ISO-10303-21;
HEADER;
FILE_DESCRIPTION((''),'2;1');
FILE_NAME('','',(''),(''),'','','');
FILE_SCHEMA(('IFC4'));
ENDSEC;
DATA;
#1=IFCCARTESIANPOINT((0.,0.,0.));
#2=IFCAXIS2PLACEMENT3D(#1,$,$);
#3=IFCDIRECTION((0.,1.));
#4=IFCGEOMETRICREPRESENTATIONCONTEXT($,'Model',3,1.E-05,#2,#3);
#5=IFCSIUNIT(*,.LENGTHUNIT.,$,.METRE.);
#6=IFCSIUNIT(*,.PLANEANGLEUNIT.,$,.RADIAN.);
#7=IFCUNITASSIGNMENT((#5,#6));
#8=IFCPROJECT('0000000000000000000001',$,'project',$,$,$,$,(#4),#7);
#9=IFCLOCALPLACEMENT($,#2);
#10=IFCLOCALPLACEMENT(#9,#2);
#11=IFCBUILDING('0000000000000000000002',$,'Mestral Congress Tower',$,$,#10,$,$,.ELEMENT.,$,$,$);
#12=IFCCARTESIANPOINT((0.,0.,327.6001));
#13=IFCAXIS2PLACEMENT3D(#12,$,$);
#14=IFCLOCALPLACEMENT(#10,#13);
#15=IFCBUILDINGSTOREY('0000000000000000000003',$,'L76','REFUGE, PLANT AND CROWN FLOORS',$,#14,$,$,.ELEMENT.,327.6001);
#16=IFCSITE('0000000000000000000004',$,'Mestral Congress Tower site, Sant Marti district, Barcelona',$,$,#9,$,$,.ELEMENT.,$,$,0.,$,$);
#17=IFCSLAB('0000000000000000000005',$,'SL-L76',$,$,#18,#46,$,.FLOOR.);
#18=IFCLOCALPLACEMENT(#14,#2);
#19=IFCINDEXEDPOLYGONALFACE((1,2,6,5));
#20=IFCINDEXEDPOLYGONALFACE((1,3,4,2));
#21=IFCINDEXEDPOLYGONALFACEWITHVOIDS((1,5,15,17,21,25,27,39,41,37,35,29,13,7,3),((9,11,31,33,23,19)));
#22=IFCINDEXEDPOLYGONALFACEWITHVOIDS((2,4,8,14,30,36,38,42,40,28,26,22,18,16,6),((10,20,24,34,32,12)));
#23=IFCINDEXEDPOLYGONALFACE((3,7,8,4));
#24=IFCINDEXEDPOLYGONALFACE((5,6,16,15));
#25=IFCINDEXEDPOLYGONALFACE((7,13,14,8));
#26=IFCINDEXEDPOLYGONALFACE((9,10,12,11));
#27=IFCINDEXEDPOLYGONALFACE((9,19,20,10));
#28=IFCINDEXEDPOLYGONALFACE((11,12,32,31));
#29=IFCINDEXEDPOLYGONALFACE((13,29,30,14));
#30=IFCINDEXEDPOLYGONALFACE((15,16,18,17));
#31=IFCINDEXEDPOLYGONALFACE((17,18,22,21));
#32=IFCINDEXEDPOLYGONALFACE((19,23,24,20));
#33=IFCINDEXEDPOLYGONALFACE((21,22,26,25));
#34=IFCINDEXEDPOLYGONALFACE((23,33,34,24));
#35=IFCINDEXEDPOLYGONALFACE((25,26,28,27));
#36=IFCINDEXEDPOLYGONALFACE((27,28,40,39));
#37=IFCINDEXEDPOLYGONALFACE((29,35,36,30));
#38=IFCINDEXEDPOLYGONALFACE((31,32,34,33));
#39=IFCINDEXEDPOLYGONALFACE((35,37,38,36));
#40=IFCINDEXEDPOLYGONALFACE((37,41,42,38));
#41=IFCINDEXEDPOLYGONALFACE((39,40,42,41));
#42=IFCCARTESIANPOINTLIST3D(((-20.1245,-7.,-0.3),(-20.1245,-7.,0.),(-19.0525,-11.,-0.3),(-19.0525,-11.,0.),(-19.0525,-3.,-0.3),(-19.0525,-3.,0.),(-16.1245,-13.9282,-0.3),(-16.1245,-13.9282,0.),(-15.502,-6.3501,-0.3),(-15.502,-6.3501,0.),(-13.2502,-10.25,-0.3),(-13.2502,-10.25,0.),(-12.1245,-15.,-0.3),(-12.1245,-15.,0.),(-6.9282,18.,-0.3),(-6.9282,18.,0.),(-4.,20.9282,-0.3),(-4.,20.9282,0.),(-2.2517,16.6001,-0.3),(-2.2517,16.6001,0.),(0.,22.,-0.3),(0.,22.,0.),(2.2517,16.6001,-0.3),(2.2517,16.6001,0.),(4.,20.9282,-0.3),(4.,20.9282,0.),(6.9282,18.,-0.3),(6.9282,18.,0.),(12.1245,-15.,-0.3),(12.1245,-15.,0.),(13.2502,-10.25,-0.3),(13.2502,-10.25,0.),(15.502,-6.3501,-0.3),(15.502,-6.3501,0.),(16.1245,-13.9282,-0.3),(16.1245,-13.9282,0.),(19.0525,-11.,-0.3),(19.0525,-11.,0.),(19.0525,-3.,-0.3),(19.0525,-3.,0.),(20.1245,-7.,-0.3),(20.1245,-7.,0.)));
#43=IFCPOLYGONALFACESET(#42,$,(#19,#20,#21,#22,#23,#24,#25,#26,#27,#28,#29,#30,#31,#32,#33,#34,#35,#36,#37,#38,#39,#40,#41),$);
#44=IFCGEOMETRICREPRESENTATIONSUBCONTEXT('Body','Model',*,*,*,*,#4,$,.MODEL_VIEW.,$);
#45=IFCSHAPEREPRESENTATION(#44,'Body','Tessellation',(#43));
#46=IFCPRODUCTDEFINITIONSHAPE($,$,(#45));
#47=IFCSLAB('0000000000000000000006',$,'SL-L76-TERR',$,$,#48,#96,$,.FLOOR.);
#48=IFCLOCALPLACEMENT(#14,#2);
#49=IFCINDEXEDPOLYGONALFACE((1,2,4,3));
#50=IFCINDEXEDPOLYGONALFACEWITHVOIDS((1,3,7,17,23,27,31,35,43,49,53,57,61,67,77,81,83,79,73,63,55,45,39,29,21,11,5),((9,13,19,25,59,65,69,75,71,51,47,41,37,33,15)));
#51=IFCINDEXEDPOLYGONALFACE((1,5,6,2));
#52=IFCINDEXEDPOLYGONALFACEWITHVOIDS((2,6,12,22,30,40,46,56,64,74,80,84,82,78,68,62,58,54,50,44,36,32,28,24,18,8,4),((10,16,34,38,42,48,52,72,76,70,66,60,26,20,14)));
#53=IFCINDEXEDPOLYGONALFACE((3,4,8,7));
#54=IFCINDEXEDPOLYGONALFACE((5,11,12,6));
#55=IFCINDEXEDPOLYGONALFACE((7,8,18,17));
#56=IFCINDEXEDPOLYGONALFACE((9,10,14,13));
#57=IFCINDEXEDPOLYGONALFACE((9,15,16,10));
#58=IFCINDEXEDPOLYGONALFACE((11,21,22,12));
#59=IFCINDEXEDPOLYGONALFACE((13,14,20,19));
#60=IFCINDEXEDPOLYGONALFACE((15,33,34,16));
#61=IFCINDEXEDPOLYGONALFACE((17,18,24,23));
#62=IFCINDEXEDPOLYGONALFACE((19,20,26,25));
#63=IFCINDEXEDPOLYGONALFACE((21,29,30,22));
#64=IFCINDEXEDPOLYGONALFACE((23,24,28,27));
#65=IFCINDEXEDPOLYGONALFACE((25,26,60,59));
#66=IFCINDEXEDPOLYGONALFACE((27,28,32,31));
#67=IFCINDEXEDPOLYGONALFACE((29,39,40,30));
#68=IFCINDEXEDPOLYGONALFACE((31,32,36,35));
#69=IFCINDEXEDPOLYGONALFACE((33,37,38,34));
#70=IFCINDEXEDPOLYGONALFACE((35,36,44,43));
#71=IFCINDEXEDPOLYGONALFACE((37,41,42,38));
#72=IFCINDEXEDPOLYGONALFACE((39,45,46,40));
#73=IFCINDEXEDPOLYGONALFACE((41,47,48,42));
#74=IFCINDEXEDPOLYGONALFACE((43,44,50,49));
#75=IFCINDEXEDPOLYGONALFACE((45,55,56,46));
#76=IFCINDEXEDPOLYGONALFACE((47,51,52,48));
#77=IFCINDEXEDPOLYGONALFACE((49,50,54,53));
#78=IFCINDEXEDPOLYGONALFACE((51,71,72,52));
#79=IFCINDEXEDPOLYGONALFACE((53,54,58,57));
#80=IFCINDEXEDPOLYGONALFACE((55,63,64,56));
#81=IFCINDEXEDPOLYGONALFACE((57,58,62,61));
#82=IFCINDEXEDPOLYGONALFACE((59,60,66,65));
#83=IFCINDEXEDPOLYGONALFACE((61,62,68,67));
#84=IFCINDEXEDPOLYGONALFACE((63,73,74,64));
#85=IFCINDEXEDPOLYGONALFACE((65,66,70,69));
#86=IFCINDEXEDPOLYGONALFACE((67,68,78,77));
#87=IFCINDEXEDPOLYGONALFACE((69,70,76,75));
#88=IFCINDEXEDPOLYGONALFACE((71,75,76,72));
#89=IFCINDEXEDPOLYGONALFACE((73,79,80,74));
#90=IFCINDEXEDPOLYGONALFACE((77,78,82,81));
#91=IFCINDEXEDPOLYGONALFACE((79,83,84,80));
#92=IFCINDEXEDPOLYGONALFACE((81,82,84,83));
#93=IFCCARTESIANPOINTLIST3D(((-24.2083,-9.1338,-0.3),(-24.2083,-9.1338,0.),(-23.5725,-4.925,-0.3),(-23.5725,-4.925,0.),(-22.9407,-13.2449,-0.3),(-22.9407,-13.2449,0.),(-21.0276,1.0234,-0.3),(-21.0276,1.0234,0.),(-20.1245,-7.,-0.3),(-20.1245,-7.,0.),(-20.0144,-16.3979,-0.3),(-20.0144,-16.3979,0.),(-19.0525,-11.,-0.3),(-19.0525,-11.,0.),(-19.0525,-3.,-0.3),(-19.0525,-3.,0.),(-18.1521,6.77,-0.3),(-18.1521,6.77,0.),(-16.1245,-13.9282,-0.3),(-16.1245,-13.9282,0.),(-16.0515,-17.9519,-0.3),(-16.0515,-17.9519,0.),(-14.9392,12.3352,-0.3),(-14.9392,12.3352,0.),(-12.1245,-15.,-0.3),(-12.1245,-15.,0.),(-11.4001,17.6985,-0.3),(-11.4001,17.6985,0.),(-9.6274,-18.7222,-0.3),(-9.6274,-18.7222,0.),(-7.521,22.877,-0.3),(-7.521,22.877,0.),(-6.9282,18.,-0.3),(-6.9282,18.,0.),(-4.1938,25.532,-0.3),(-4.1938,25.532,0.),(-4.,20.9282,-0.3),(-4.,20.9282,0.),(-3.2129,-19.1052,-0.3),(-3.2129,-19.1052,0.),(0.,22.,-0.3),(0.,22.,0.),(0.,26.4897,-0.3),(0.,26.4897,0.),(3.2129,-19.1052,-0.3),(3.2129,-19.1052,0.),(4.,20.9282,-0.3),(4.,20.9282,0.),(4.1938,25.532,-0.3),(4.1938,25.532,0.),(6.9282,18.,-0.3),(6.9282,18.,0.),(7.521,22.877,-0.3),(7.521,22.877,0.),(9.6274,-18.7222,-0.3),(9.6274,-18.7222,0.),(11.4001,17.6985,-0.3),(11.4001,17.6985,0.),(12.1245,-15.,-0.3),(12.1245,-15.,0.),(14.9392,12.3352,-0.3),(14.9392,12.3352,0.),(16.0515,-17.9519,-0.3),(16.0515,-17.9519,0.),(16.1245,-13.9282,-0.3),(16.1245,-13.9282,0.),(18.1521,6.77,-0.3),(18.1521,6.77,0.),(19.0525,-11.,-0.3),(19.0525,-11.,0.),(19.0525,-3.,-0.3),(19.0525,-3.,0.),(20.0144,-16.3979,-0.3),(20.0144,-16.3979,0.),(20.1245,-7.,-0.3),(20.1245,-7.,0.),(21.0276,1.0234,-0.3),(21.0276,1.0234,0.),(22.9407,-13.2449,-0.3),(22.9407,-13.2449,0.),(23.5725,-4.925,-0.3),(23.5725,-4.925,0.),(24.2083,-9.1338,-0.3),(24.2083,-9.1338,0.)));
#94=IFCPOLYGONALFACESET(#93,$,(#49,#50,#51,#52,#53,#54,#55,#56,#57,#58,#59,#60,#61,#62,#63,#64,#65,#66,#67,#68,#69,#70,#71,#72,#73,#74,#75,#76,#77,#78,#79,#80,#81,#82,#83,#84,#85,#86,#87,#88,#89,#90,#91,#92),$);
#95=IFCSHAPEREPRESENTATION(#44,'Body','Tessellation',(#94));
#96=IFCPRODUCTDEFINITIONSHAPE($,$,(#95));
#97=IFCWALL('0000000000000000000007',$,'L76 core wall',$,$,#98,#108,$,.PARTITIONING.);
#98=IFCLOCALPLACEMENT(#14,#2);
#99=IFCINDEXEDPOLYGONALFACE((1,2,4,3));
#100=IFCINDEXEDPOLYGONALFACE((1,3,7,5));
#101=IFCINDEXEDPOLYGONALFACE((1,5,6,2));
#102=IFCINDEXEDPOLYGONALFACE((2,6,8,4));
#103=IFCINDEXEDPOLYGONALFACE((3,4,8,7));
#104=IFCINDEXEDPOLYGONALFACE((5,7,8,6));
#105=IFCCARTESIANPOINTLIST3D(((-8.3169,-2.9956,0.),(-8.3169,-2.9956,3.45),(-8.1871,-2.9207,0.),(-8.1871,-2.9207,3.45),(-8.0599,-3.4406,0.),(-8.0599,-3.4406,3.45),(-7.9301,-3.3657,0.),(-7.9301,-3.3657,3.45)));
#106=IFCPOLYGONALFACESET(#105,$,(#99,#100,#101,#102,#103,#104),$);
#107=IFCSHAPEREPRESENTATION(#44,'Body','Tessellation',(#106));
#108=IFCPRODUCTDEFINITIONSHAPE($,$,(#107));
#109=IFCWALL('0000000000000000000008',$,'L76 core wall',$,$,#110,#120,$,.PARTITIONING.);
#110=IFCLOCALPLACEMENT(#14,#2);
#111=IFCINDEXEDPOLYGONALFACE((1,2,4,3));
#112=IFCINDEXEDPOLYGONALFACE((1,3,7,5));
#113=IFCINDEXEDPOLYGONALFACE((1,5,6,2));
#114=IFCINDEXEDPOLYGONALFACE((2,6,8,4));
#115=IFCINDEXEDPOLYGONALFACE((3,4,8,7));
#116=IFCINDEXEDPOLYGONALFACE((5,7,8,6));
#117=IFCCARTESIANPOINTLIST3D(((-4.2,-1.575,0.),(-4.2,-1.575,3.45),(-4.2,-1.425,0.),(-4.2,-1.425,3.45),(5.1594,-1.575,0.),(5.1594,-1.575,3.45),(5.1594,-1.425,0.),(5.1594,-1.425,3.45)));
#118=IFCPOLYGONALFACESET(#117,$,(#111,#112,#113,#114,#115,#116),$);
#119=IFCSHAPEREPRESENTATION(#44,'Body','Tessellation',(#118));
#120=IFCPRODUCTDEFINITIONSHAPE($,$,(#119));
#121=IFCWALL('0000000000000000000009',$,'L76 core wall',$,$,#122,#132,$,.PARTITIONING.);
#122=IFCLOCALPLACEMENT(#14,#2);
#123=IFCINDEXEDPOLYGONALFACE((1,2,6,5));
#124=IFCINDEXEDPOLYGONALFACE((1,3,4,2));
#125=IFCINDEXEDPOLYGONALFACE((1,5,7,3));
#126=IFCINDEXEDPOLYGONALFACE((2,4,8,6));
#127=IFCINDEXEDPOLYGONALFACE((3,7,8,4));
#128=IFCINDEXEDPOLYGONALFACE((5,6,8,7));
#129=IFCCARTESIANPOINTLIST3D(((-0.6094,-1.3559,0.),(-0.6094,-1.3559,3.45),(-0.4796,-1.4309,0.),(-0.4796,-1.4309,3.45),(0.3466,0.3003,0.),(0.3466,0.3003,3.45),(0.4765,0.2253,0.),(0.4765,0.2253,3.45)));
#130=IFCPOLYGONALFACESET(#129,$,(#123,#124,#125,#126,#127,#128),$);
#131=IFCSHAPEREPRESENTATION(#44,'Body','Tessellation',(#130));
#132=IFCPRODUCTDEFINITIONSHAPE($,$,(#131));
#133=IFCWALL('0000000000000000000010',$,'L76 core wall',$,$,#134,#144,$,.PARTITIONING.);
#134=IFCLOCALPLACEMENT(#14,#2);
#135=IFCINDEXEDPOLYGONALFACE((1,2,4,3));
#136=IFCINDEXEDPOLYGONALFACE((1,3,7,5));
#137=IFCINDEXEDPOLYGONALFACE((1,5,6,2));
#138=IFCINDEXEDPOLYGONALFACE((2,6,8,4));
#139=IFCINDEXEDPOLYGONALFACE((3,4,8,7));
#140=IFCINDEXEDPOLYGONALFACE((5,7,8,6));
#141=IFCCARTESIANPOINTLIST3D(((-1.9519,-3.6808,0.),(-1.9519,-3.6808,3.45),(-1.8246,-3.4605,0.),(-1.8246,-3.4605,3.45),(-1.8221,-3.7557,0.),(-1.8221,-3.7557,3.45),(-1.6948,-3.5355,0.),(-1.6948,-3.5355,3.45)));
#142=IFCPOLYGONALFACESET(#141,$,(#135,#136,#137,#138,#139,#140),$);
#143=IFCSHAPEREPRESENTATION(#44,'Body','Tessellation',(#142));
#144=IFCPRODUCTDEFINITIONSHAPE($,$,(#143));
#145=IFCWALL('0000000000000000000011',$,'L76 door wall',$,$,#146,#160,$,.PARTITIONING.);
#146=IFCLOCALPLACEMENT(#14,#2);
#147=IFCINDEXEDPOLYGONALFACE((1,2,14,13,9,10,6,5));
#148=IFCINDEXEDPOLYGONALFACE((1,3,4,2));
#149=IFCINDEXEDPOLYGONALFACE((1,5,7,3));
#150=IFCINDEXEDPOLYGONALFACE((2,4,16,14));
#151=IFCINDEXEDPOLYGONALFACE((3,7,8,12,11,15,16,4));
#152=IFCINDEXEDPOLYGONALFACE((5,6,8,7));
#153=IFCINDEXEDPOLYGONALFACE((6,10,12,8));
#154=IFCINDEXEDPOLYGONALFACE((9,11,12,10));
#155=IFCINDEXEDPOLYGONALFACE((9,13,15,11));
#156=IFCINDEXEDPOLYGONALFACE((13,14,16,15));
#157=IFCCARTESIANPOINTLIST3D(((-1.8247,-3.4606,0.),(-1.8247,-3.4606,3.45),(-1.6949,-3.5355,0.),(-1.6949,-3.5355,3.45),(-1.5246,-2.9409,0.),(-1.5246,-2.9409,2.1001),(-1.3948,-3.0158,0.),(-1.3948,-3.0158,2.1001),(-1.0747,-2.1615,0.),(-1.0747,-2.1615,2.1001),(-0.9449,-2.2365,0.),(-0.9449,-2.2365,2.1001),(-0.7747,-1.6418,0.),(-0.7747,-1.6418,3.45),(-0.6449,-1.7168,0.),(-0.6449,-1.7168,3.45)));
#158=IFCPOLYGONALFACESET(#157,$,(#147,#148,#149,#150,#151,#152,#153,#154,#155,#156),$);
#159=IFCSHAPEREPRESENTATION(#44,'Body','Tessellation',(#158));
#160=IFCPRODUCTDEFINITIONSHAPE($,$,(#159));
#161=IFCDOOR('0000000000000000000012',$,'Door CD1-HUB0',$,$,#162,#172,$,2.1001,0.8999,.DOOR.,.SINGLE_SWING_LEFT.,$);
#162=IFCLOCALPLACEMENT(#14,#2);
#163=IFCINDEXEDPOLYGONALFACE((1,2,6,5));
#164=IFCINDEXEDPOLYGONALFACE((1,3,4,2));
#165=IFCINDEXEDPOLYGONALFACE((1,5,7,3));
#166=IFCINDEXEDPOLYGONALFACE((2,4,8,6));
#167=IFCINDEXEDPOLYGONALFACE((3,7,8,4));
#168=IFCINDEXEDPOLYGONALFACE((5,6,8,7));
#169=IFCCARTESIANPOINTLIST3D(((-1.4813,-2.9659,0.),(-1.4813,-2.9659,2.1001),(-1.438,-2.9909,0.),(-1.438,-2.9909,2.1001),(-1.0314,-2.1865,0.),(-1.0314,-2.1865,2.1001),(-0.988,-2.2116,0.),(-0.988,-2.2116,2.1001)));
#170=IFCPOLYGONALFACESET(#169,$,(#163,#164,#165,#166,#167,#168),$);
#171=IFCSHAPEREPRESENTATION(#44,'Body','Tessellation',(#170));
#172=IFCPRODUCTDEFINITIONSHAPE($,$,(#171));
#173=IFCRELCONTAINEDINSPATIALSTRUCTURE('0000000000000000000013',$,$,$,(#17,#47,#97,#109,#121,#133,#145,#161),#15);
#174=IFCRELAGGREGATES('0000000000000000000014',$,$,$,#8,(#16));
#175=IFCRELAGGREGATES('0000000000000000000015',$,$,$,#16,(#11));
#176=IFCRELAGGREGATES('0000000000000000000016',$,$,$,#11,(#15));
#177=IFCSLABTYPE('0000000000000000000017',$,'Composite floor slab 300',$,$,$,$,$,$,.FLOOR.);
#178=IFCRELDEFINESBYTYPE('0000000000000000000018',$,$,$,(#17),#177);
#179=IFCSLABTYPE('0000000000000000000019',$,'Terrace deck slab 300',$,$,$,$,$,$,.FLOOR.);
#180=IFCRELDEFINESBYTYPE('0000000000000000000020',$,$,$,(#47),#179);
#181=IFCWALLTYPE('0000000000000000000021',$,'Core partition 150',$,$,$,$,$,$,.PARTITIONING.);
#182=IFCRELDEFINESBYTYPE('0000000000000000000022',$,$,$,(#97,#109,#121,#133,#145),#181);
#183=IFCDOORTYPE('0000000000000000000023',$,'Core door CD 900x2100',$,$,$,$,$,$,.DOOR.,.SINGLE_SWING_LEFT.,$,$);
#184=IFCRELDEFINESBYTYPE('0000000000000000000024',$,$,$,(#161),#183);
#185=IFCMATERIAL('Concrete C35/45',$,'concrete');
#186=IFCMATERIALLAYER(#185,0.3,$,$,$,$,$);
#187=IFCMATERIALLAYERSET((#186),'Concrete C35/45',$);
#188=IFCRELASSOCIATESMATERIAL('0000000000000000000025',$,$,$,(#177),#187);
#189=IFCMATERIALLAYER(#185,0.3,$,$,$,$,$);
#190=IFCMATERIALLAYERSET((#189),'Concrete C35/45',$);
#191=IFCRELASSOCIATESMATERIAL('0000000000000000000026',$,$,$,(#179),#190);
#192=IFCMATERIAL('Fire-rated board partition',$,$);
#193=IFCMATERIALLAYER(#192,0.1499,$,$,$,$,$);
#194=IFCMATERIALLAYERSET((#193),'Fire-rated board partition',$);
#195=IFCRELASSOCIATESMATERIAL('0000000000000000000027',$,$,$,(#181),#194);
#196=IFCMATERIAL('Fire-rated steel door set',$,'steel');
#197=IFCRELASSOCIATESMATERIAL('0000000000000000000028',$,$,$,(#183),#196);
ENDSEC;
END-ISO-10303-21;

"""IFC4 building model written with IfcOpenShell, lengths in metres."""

from ifc_helpers import new_model, si_unit, direction, frame, frame_2d, origin, place, context, subcontext, project, spatial, polyline, rectangle, outline, extrude, material, layer, layer_set, type_object, element, fill, save


model = new_model("IFC4")

# Units and contexts
model_context = context("Model", 3, precision=1e-05, world=origin(), true_north=direction((0.0, 1.0)))
body_context = subcontext(model_context, "Body", "Model", "MODEL_VIEW")
ifc_project = project(units=[si_unit("LENGTHUNIT", "METRE"), si_unit("PLANEANGLEUNIT", "RADIAN")], contexts=[model_context])

# Site, building, storey
site_placement = place(None, origin())
site = spatial("IfcSite", under=ifc_project, at=site_placement, Name="Mestral Congress Tower site, Sant Marti district, Barcelona", CompositionType="ELEMENT", RefElevation=0.0)
building_placement = place(site_placement, origin())
building = spatial("IfcBuilding", under=site, at=building_placement, Name="Mestral Congress Tower", CompositionType="ELEMENT")
storey_placement = place(building_placement, frame((0.0, 0.0, 327.6001)))
storey = spatial("IfcBuildingStorey", under=building, at=storey_placement, Name="L76", Description="REFUGE, PLANT AND CROWN FLOORS", CompositionType="ELEMENT", Elevation=327.6001)

# Slabs
ifc_material_1 = material(Name="Concrete C35/45", Category="concrete")
ifc_layer_1 = layer(ifc_material_1, 0.3)
ifc_layer_set_1 = layer_set([ifc_layer_1], Name="Concrete C35/45")
slab_type_1 = type_object("IfcSlabType", Name="Composite floor slab 300", PredefinedType="FLOOR", material=ifc_layer_set_1)
placement = place(storey_placement, frame((0.0, 0.0, -0.3)))
element("IfcSlab", 1, at=placement, inside=storey, type_object=slab_type_1, Name="SL-L76", PredefinedType="FLOOR", context=body_context, shape_type="SweptSolid", body=[
    extrude(outline(polyline([(12.1245, -15.0), (16.1245, -13.9282), (19.0525, -11.0), (20.1245, -7.0), (19.0525, -3.0), (6.9282, 18.0), (4.0, 20.9282), (0.0, 22.0), (-4.0, 20.9282), (-6.9282, 18.0), (-19.0525, -3.0), (-20.1245, -7.0), (-19.0525, -11.0), (-16.1245, -13.9282), (-12.1245, -15.0), (12.1245, -15.0)]), holes=[polyline([(-2.2517, 16.6001), (-15.502, -6.3501), (-13.2502, -10.25), (13.2502, -10.25), (15.502, -6.3501), (2.2517, 16.6001), (-2.2517, 16.6001)])]), origin(), (0.0, 0.0, 1.0), 0.3),
])
ifc_layer_2 = layer(ifc_material_1, 0.3)
ifc_layer_set_2 = layer_set([ifc_layer_2], Name="Concrete C35/45")
slab_type_2 = type_object("IfcSlabType", Name="Terrace deck slab 300", PredefinedType="FLOOR", material=ifc_layer_set_2)
element("IfcSlab", 2, at=placement, inside=storey, type_object=slab_type_2, Name="SL-L76-TERR", PredefinedType="FLOOR", context=body_context, shape_type="SweptSolid", body=[
    extrude(outline(polyline([(-16.0515, -17.9519), (-9.6274, -18.7222), (-3.2129, -19.1052), (3.2129, -19.1052), (9.6274, -18.7222), (16.0515, -17.9519), (20.0144, -16.3979), (22.9407, -13.2449), (24.2083, -9.1338), (23.5725, -4.925), (21.0276, 1.0234), (18.1521, 6.77), (14.9392, 12.3352), (11.4001, 17.6985), (7.521, 22.877), (4.1938, 25.532), (0.0, 26.4897), (-4.1938, 25.532), (-7.521, 22.877), (-11.4001, 17.6985), (-14.9392, 12.3352), (-18.1521, 6.77), (-21.0276, 1.0234), (-23.5725, -4.925), (-24.2083, -9.1338), (-22.9407, -13.2449), (-20.0144, -16.3979), (-16.0515, -17.9519)]), holes=[polyline([(-12.1245, -15.0), (-16.1245, -13.9282), (-19.0525, -11.0), (-20.1245, -7.0), (-19.0525, -3.0), (-6.9282, 18.0), (-4.0, 20.9282), (0.0, 22.0), (4.0, 20.9282), (6.9282, 18.0), (19.0525, -3.0), (20.1245, -7.0), (19.0525, -11.0), (16.1245, -13.9282), (12.1245, -15.0), (-12.1245, -15.0)])]), origin(), (0.0, 0.0, 1.0), 0.3),
])

# Walls
ifc_material_2 = material(Name="Fire-rated board partition")
ifc_layer_3 = layer(ifc_material_2, 0.1499)
ifc_layer_set_3 = layer_set([ifc_layer_3], Name="Fire-rated board partition")
wall_type_1 = type_object("IfcWallType", Name="Core partition 150", PredefinedType="PARTITIONING", material=ifc_layer_set_3)
wall_1_placement = place(storey_placement, frame((-8.252, -2.9583, 0.0), z_axis=(0.0, 0.0, 1.0), x_axis=(0.500175, -0.865925, 0.0)))
element("IfcWall", 3, at=wall_1_placement, inside=storey, type_object=wall_type_1, Name="L76 core wall", PredefinedType="PARTITIONING", context=body_context, shape_type="SweptSolid", body=[
    extrude(rectangle(XDim=0.5139, YDim=0.1499, at=frame_2d((0.2568, 0.0))), origin(), (0.0, 0.0, 1.0), 3.45),
])
wall_2_placement = place(storey_placement, frame((-4.2, -1.5, 0.0), z_axis=(0.0, 0.0, 1.0), x_axis=(1.0, 0.0, 0.0)))
element("IfcWall", 4, at=wall_2_placement, inside=storey, type_object=wall_type_1, Name="L76 core wall", PredefinedType="PARTITIONING", context=body_context, shape_type="SweptSolid", body=[
    extrude(rectangle(XDim=9.3594, YDim=0.1499, at=frame_2d((4.6797, 0.0))), origin(), (0.0, 0.0, 1.0), 3.45),
])
wall_3_placement = place(storey_placement, frame((-0.5444, -1.3933, 0.0), z_axis=(0.0, 0.0, 1.0), x_axis=(0.499929, 0.866067, 0.0)))
element("IfcWall", 5, at=wall_3_placement, inside=storey, type_object=wall_type_1, Name="L76 core wall", PredefinedType="PARTITIONING", context=body_context, shape_type="SweptSolid", body=[
    extrude(rectangle(XDim=1.9124, YDim=0.1499, at=frame_2d((0.9561, 0.0))), origin(), (0.0, 0.0, 1.0), 3.45),
])
wall_4_placement = place(storey_placement, frame((-1.887, -3.7183, 0.0), z_axis=(0.0, 0.0, 1.0), x_axis=(0.500166, 0.86593, 0.0)))
element("IfcWall", 6, at=wall_4_placement, inside=storey, type_object=wall_type_1, Name="L76 core wall", PredefinedType="PARTITIONING", context=body_context, shape_type="SweptSolid", body=[
    extrude(rectangle(XDim=0.2544, YDim=0.1499, at=frame_2d((0.1272, 0.0))), origin(), (0.0, 0.0, 1.0), 3.45),
])

# Wall, opening, door
wall_5_placement = place(storey_placement, frame((-1.7598, -3.498, 0.0), z_axis=(0.0, 0.0, 1.0), x_axis=(0.499977, 0.866038, 0.0)))
wall_5 = element("IfcWall", 7, at=wall_5_placement, inside=storey, type_object=wall_type_1, Name="L76 door wall", PredefinedType="PARTITIONING", context=body_context, shape_type="SweptSolid", body=[
    extrude(rectangle(XDim=2.1001, YDim=0.1499, at=frame_2d((1.05, 0.0))), origin(), (0.0, 0.0, 1.0), 3.45),
])
opening_1_placement = place(wall_5_placement, frame((0.6001, 0.0, 0.0)))
opening_1 = element("IfcOpeningElement", 8, at=opening_1_placement, cuts=wall_5, PredefinedType="OPENING", context=body_context, shape_type="SweptSolid", body=[
    extrude(rectangle(XDim=0.8999, YDim=2.1001, at=frame_2d((0.45, 1.05))), frame((0.0, 0.085, 0.0), z_axis=(0.0, -1.0, 0.0), x_axis=(1.0, 0.0, 0.0)), (0.0, 0.0, 1.0), 0.1699),
])
ifc_material_3 = material(Name="Fire-rated steel door set", Category="steel")
door_type_1 = type_object("IfcDoorType", Name="Core door CD 900x2100", OperationType="SINGLE_SWING_LEFT", PredefinedType="DOOR", material=ifc_material_3)
door_1_placement = place(opening_1_placement, origin())
door_1 = element("IfcDoor", 9, at=door_1_placement, inside=storey, type_object=door_type_1, Name="Door CD1-HUB0", OperationType="SINGLE_SWING_LEFT", OverallHeight=2.1001, OverallWidth=0.8999, PredefinedType="DOOR", context=body_context, shape_type="SweptSolid", body=[
    extrude(rectangle(XDim=0.8999, YDim=2.1001, at=frame_2d((0.45, 1.05))), frame((0.0, 0.0249, 0.0), z_axis=(0.0, -1.0, 0.0), x_axis=(1.0, 0.0, 0.0)), (0.0, 0.0, 1.0), 0.05),
])
fill(opening_1, door_1)

save(model, "model.ifc")
